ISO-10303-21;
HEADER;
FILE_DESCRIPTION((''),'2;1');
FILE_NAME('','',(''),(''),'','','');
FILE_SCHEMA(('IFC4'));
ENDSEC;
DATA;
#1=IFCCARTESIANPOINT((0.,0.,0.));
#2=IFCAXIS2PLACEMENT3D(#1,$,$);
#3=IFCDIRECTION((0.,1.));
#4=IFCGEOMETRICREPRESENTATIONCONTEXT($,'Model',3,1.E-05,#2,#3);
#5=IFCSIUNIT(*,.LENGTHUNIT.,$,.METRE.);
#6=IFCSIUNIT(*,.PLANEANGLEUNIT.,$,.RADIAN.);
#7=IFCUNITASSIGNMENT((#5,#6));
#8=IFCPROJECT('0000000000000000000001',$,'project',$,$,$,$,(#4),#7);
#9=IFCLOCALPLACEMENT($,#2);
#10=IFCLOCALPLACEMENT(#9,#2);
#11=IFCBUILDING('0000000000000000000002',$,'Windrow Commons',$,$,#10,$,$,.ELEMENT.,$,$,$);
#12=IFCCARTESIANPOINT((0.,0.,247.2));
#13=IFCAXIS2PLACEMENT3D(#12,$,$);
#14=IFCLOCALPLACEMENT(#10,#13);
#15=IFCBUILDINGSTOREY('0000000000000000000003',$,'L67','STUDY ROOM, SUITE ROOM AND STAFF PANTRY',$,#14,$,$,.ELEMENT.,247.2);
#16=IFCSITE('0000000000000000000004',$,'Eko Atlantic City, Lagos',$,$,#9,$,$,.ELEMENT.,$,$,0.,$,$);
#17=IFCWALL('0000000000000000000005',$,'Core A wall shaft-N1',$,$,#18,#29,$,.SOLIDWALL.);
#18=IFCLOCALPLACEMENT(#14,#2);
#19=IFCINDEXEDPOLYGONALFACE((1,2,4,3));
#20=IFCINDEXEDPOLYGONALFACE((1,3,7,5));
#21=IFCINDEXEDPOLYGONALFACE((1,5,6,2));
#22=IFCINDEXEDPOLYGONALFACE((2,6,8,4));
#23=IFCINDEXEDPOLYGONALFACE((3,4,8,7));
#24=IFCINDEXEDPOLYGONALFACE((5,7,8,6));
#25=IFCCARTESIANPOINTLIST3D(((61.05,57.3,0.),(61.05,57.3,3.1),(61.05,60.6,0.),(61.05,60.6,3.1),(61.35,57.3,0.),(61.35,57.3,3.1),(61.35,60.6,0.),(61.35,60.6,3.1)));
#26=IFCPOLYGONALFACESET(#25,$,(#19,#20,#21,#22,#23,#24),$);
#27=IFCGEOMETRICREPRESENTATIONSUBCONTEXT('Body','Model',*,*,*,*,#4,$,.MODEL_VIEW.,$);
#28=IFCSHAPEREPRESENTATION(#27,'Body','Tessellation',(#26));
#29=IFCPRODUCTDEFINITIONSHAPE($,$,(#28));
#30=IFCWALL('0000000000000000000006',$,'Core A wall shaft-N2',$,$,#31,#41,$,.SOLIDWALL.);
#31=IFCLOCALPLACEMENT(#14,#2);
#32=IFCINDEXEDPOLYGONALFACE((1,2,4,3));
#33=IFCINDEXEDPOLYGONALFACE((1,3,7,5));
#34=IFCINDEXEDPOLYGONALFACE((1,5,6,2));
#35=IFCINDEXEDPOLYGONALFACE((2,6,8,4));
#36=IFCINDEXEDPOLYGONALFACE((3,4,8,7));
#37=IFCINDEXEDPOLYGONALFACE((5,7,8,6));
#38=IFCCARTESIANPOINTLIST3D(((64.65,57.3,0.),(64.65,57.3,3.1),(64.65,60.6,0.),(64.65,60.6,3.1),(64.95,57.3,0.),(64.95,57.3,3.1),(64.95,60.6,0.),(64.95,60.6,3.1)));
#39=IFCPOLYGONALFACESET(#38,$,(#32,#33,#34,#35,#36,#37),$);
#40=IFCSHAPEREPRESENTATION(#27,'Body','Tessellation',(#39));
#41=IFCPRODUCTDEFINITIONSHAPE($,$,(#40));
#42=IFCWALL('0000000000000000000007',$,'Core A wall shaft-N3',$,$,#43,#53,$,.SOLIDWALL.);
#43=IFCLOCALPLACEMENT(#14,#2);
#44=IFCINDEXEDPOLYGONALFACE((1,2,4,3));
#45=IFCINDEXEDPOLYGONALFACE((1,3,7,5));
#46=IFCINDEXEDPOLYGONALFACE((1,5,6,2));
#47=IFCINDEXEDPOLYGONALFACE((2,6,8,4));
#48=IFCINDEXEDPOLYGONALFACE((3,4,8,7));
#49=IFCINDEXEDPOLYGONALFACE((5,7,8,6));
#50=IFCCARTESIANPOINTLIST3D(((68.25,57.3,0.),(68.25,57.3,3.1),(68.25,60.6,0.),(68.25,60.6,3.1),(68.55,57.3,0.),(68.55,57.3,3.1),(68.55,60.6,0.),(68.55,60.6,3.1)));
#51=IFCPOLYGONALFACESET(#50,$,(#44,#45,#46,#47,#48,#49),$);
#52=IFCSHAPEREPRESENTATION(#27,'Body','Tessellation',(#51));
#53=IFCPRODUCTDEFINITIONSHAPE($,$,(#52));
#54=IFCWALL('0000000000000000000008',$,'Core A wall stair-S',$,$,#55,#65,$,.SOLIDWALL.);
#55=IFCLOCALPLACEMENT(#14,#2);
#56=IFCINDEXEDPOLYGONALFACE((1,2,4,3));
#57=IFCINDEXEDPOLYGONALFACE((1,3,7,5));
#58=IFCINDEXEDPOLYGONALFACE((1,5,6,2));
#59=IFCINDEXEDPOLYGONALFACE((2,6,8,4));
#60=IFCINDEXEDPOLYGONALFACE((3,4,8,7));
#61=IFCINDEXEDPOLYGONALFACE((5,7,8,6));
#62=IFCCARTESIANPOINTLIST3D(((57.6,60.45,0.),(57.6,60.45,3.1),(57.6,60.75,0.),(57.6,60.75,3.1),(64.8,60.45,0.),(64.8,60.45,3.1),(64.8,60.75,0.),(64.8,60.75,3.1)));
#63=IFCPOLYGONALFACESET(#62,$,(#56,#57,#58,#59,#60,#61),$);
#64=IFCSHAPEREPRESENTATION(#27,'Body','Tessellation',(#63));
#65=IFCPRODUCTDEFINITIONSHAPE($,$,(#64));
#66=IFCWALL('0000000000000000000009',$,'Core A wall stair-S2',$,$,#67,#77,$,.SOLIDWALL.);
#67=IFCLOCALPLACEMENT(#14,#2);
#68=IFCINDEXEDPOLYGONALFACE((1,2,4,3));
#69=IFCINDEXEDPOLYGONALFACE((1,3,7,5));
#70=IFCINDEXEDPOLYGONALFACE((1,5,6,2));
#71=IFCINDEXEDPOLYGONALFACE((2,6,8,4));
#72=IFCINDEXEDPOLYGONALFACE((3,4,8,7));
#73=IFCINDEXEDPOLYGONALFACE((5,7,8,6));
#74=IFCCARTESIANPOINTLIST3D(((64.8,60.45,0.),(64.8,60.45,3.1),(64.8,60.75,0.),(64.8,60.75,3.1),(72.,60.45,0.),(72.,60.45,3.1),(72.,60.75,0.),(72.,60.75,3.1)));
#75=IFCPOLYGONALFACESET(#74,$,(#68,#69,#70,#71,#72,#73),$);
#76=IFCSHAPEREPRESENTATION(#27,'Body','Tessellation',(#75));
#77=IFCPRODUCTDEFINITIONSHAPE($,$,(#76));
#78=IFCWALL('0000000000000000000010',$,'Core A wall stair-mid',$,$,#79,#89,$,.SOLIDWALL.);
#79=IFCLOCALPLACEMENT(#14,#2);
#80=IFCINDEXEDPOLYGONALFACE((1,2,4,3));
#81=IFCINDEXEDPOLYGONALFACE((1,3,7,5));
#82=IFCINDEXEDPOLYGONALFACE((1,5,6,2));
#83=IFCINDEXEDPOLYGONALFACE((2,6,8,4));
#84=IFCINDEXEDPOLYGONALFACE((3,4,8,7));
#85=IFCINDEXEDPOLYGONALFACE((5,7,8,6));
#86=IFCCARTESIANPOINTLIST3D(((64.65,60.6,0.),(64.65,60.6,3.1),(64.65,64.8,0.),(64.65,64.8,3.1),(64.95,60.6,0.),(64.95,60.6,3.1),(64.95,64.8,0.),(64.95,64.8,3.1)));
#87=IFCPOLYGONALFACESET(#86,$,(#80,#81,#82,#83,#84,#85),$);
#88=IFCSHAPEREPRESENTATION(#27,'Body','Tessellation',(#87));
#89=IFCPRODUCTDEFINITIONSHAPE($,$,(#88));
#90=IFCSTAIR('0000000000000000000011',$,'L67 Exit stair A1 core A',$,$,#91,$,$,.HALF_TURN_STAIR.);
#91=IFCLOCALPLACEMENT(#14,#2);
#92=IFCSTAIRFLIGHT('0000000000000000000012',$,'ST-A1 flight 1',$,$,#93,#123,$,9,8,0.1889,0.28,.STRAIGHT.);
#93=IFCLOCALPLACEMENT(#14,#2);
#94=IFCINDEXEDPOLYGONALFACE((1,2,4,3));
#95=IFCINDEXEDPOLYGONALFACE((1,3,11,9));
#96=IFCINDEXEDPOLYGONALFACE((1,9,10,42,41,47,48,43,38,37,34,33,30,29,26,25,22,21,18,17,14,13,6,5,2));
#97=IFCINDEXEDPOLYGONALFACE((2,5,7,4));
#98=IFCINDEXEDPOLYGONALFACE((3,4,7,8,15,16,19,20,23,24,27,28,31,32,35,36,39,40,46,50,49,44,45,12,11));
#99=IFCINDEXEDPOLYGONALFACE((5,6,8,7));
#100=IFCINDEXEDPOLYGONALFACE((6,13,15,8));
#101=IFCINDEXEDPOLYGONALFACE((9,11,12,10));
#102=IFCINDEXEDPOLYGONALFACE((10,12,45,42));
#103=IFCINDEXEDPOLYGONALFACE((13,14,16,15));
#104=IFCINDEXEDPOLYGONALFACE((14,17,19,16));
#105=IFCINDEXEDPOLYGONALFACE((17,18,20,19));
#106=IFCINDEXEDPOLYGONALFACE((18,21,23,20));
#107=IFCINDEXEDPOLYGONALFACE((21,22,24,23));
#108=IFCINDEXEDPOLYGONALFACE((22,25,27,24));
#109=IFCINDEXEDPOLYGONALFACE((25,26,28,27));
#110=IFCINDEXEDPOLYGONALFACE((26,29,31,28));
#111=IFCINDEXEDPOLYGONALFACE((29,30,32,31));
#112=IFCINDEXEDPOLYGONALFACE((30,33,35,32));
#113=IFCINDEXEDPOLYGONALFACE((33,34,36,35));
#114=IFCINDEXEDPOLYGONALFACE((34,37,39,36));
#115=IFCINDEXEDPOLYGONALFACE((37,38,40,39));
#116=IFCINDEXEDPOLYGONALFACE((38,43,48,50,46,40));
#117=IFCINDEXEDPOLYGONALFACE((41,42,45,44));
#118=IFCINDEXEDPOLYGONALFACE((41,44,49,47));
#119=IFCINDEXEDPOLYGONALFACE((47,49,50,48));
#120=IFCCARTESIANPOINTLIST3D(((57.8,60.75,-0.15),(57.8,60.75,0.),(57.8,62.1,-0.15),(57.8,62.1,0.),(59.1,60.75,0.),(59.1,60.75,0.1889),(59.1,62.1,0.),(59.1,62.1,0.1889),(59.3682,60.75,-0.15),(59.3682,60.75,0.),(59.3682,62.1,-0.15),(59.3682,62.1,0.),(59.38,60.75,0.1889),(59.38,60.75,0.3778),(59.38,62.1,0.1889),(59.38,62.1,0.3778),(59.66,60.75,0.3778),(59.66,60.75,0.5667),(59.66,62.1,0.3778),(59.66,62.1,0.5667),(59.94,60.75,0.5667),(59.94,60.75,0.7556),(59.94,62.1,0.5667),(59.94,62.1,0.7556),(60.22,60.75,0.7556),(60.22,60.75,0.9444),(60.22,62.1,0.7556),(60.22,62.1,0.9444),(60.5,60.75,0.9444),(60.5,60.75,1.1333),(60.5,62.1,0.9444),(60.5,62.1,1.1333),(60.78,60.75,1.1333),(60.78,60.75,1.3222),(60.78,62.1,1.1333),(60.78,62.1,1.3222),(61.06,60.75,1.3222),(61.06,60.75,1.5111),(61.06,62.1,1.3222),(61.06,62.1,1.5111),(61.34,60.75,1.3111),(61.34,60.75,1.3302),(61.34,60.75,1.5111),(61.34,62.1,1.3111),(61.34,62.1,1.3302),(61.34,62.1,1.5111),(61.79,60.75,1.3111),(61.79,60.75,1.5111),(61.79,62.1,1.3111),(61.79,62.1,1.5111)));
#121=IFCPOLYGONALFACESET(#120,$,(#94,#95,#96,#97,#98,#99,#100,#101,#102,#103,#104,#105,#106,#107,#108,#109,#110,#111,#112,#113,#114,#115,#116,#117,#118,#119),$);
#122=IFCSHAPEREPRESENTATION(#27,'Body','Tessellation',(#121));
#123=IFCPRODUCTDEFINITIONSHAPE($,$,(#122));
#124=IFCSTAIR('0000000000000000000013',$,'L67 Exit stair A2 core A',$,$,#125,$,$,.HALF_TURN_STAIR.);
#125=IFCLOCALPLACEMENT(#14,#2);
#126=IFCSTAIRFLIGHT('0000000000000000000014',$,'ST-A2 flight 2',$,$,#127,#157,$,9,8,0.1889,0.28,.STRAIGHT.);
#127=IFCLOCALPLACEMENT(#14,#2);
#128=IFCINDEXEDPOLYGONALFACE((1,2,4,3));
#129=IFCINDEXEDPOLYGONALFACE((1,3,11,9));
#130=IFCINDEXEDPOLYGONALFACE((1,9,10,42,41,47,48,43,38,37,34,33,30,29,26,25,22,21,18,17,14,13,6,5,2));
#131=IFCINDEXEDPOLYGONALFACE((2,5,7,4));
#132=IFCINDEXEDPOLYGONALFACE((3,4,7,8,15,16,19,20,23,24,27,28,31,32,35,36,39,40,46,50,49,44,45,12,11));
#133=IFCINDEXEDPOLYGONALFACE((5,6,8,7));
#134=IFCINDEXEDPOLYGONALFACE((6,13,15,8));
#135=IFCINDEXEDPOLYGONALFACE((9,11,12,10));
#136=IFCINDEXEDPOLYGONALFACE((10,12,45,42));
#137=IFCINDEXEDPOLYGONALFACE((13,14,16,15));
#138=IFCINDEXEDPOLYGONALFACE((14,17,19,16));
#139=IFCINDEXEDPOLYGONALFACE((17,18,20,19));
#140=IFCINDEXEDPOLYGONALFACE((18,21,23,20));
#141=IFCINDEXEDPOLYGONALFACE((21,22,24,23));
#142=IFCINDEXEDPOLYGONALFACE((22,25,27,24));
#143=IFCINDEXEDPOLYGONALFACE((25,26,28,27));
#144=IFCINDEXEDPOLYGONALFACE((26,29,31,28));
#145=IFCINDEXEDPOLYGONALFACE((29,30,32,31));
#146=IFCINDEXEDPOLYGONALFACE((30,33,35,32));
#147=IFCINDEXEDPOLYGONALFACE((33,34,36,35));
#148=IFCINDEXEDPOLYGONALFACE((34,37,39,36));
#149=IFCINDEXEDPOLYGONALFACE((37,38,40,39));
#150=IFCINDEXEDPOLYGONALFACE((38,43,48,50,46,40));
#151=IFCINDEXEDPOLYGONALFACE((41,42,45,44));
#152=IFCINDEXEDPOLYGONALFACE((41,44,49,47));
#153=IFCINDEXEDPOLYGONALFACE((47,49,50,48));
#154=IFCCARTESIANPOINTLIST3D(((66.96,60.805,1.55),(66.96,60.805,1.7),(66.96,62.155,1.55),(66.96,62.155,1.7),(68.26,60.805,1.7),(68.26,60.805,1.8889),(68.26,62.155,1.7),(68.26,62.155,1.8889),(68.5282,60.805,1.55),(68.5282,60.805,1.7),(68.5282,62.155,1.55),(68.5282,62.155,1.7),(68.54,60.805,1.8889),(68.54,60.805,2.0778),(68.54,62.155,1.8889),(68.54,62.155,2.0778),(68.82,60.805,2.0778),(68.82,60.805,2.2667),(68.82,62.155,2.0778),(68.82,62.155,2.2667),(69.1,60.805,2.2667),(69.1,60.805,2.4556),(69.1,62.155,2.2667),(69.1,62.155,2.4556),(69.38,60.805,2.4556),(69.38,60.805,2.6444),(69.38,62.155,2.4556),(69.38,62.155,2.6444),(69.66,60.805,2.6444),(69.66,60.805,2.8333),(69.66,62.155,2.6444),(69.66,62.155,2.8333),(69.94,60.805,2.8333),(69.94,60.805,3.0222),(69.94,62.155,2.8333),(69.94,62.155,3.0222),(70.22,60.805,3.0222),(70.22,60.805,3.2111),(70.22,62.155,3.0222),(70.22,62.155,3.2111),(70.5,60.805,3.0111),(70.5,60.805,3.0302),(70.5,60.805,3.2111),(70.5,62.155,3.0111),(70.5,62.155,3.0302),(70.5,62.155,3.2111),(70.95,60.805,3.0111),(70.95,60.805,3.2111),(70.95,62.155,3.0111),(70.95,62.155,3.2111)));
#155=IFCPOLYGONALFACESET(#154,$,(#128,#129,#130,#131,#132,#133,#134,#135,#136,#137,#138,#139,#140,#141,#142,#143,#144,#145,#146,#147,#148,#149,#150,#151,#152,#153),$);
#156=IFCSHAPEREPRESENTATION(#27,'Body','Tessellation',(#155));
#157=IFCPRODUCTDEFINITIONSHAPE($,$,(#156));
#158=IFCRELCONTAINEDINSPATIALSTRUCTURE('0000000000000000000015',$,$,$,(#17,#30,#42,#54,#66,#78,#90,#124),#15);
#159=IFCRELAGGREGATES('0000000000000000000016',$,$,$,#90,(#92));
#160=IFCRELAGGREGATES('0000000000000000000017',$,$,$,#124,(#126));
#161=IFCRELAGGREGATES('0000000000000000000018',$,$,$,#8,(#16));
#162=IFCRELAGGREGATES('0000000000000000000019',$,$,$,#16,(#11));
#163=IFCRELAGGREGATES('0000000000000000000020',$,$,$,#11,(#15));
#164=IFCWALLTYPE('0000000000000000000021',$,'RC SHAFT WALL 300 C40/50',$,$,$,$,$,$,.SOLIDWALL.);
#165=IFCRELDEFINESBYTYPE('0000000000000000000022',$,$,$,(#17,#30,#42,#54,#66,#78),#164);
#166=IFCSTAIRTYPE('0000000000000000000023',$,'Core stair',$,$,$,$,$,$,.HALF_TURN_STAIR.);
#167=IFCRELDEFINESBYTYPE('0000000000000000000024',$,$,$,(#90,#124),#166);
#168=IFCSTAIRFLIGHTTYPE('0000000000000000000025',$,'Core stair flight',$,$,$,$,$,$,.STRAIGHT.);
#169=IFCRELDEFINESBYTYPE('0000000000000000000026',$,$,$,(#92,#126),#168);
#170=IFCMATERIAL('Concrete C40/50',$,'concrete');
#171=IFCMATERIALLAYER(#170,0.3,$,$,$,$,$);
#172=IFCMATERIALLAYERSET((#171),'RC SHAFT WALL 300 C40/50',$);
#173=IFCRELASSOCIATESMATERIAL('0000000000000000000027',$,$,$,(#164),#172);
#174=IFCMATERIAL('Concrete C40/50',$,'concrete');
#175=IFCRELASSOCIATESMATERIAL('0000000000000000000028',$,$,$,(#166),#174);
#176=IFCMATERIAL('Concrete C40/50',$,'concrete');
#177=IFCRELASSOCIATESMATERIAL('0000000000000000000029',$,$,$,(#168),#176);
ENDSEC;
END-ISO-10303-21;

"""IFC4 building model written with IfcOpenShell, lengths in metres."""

from ifc_helpers import new_model, si_unit, direction, frame, frame_2d, origin, place, context, subcontext, project, spatial, polyline, rectangle, outline, extrude, material, layer, layer_set, type_object, element, aggregate, save


model = new_model("IFC4")

# Units and contexts
model_context = context("Model", 3, precision=1e-05, world=origin(), true_north=direction((0.0, 1.0)))
body_context = subcontext(model_context, "Body", "Model", "MODEL_VIEW")
ifc_project = project(units=[si_unit("LENGTHUNIT", "METRE"), si_unit("PLANEANGLEUNIT", "RADIAN")], contexts=[model_context])

# Site, building, storey
site_placement = place(None, origin())
site = spatial("IfcSite", under=ifc_project, at=site_placement, Name="Eko Atlantic City, Lagos", CompositionType="ELEMENT", RefElevation=0.0)
building_placement = place(site_placement, origin())
building = spatial("IfcBuilding", under=site, at=building_placement, Name="Windrow Commons", CompositionType="ELEMENT")
storey_placement = place(building_placement, frame((0.0, 0.0, 247.2)))
storey = spatial("IfcBuildingStorey", under=building, at=storey_placement, Name="L67", Description="STUDY ROOM, SUITE ROOM AND STAFF PANTRY", CompositionType="ELEMENT", Elevation=247.2)

# Walls
ifc_material_1 = material(Name="Concrete C40/50", Category="concrete")
ifc_layer = layer(ifc_material_1, 0.3)
ifc_layer_set = layer_set([ifc_layer], Name="RC SHAFT WALL 300 C40/50")
wall_type = type_object("IfcWallType", Name="RC SHAFT WALL 300 C40/50", PredefinedType="SOLIDWALL", material=ifc_layer_set)
for number, where, z_axis, x_axis, name in (
    (1, (61.2, 57.3, 0.0), (0.0, 0.0, 1.0), (0.0, 1.0, 0.0), "Core A wall shaft-N1"),
    (2, (64.8, 57.3, 0.0), (0.0, 0.0, 1.0), (0.0, 1.0, 0.0), "Core A wall shaft-N2"),
    (3, (68.4, 57.3, 0.0), (0.0, 0.0, 1.0), (0.0, 1.0, 0.0), "Core A wall shaft-N3"),
):
    element("IfcWall", number, at=place(storey_placement, frame(where, z_axis=z_axis, x_axis=x_axis)), inside=storey, type_object=wall_type, Name=name, PredefinedType="SOLIDWALL", context=body_context, shape_type="SweptSolid", body=[
        extrude(rectangle(XDim=3.3, YDim=0.3, at=frame_2d((1.65, 0.0))), origin(), (0.0, 0.0, 1.0), 3.1),
    ])
for number, where, z_axis, x_axis, name in (
    (4, (57.6, 60.6, 0.0), (0.0, 0.0, 1.0), (1.0, 0.0, 0.0), "Core A wall stair-S"),
    (5, (64.8, 60.6, 0.0), (0.0, 0.0, 1.0), (1.0, 0.0, 0.0), "Core A wall stair-S2"),
):
    element("IfcWall", number, at=place(storey_placement, frame(where, z_axis=z_axis, x_axis=x_axis)), inside=storey, type_object=wall_type, Name=name, PredefinedType="SOLIDWALL", context=body_context, shape_type="SweptSolid", body=[
        extrude(rectangle(XDim=7.2, YDim=0.3, at=frame_2d((3.6, 0.0))), origin(), (0.0, 0.0, 1.0), 3.1),
    ])
wall_placement = place(storey_placement, frame((64.8, 60.6, 0.0), z_axis=(0.0, 0.0, 1.0), x_axis=(0.0, 1.0, 0.0)))
element("IfcWall", 6, at=wall_placement, inside=storey, type_object=wall_type, Name="Core A wall stair-mid", PredefinedType="SOLIDWALL", context=body_context, shape_type="SweptSolid", body=[
    extrude(rectangle(XDim=4.2, YDim=0.3, at=frame_2d((2.1, 0.0))), origin(), (0.0, 0.0, 1.0), 3.1),
])

# Stairs, stair flights
ifc_material_2 = material(Name="Concrete C40/50", Category="concrete")
stair_type = type_object("IfcStairType", Name="Core stair", PredefinedType="HALF_TURN_STAIR", material=ifc_material_2)
placement = place(storey_placement, origin())
stair_1 = element("IfcStair", 7, at=placement, inside=storey, type_object=stair_type, Name="L67 Exit stair A1 core A", PredefinedType="HALF_TURN_STAIR")
ifc_material_3 = material(Name="Concrete C40/50", Category="concrete")
stair_flight_type = type_object("IfcStairFlightType", Name="Core stair flight", PredefinedType="STRAIGHT", material=ifc_material_3)
stair_flight_1_placement = place(storey_placement, frame((59.1, 61.425, 0.0), z_axis=(0.0, 0.0, 1.0), x_axis=(1.0, 0.0, 0.0)))
stair_flight_1 = element("IfcStairFlight", 8, at=stair_flight_1_placement, type_object=stair_flight_type, Name="ST-A1 flight 1", NumberOfRisers=9, NumberOfTreads=8, PredefinedType="STRAIGHT", RiserHeight=0.1889, TreadLength=0.28, context=body_context, shape_type="SweptSolid", body=[
    extrude(outline(polyline([(-1.3, -0.15), (-1.3, 0.0), (0.0, 0.0), (0.0, 0.1889), (0.28, 0.1889), (0.28, 0.3778), (0.56, 0.3778), (0.56, 0.5667), (0.84, 0.5667), (0.84, 0.7556), (1.12, 0.7556), (1.12, 0.9444), (1.4, 0.9444), (1.4, 1.1333), (1.68, 1.1333), (1.68, 1.3222), (1.96, 1.3222), (1.96, 1.5111), (2.24, 1.5111), (2.69, 1.5111), (2.69, 1.3111), (2.24, 1.3111), (2.24, 1.3302), (0.2682, 0.0), (0.2682, -0.15), (-1.3, -0.15)])), frame((0.0, 0.675, 0.0), z_axis=(0.0, -1.0, 0.0), x_axis=(1.0, 0.0, 0.0)), (0.0, 0.0, 1.0), 1.35),
])
aggregate(stair_1, [stair_flight_1])
stair_2 = element("IfcStair", 9, at=placement, inside=storey, type_object=stair_type, Name="L67 Exit stair A2 core A", PredefinedType="HALF_TURN_STAIR")
stair_flight_2_placement = place(storey_placement, frame((68.26, 61.48, 1.7), z_axis=(0.0, 0.0, 1.0), x_axis=(1.0, 0.0, 0.0)))
stair_flight_2 = element("IfcStairFlight", 10, at=stair_flight_2_placement, type_object=stair_flight_type, Name="ST-A2 flight 2", NumberOfRisers=9, NumberOfTreads=8, PredefinedType="STRAIGHT", RiserHeight=0.1889, TreadLength=0.28, context=body_context, shape_type="SweptSolid", body=[
    extrude(outline(polyline([(-1.3, -0.15), (-1.3, 0.0), (0.0, 0.0), (0.0, 0.1889), (0.28, 0.1889), (0.28, 0.3778), (0.56, 0.3778), (0.56, 0.5667), (0.84, 0.5667), (0.84, 0.7556), (1.12, 0.7556), (1.12, 0.9444), (1.4, 0.9444), (1.4, 1.1333), (1.68, 1.1333), (1.68, 1.3222), (1.96, 1.3222), (1.96, 1.5111), (2.24, 1.5111), (2.69, 1.5111), (2.69, 1.3111), (2.24, 1.3111), (2.24, 1.3302), (0.2682, 0.0), (0.2682, -0.15), (-1.3, -0.15)])), frame((0.0, 0.675, 0.0), z_axis=(0.0, -1.0, 0.0), x_axis=(1.0, 0.0, 0.0)), (0.0, 0.0, 1.0), 1.35),
])
aggregate(stair_2, [stair_flight_2])

save(model, "model.ifc")
